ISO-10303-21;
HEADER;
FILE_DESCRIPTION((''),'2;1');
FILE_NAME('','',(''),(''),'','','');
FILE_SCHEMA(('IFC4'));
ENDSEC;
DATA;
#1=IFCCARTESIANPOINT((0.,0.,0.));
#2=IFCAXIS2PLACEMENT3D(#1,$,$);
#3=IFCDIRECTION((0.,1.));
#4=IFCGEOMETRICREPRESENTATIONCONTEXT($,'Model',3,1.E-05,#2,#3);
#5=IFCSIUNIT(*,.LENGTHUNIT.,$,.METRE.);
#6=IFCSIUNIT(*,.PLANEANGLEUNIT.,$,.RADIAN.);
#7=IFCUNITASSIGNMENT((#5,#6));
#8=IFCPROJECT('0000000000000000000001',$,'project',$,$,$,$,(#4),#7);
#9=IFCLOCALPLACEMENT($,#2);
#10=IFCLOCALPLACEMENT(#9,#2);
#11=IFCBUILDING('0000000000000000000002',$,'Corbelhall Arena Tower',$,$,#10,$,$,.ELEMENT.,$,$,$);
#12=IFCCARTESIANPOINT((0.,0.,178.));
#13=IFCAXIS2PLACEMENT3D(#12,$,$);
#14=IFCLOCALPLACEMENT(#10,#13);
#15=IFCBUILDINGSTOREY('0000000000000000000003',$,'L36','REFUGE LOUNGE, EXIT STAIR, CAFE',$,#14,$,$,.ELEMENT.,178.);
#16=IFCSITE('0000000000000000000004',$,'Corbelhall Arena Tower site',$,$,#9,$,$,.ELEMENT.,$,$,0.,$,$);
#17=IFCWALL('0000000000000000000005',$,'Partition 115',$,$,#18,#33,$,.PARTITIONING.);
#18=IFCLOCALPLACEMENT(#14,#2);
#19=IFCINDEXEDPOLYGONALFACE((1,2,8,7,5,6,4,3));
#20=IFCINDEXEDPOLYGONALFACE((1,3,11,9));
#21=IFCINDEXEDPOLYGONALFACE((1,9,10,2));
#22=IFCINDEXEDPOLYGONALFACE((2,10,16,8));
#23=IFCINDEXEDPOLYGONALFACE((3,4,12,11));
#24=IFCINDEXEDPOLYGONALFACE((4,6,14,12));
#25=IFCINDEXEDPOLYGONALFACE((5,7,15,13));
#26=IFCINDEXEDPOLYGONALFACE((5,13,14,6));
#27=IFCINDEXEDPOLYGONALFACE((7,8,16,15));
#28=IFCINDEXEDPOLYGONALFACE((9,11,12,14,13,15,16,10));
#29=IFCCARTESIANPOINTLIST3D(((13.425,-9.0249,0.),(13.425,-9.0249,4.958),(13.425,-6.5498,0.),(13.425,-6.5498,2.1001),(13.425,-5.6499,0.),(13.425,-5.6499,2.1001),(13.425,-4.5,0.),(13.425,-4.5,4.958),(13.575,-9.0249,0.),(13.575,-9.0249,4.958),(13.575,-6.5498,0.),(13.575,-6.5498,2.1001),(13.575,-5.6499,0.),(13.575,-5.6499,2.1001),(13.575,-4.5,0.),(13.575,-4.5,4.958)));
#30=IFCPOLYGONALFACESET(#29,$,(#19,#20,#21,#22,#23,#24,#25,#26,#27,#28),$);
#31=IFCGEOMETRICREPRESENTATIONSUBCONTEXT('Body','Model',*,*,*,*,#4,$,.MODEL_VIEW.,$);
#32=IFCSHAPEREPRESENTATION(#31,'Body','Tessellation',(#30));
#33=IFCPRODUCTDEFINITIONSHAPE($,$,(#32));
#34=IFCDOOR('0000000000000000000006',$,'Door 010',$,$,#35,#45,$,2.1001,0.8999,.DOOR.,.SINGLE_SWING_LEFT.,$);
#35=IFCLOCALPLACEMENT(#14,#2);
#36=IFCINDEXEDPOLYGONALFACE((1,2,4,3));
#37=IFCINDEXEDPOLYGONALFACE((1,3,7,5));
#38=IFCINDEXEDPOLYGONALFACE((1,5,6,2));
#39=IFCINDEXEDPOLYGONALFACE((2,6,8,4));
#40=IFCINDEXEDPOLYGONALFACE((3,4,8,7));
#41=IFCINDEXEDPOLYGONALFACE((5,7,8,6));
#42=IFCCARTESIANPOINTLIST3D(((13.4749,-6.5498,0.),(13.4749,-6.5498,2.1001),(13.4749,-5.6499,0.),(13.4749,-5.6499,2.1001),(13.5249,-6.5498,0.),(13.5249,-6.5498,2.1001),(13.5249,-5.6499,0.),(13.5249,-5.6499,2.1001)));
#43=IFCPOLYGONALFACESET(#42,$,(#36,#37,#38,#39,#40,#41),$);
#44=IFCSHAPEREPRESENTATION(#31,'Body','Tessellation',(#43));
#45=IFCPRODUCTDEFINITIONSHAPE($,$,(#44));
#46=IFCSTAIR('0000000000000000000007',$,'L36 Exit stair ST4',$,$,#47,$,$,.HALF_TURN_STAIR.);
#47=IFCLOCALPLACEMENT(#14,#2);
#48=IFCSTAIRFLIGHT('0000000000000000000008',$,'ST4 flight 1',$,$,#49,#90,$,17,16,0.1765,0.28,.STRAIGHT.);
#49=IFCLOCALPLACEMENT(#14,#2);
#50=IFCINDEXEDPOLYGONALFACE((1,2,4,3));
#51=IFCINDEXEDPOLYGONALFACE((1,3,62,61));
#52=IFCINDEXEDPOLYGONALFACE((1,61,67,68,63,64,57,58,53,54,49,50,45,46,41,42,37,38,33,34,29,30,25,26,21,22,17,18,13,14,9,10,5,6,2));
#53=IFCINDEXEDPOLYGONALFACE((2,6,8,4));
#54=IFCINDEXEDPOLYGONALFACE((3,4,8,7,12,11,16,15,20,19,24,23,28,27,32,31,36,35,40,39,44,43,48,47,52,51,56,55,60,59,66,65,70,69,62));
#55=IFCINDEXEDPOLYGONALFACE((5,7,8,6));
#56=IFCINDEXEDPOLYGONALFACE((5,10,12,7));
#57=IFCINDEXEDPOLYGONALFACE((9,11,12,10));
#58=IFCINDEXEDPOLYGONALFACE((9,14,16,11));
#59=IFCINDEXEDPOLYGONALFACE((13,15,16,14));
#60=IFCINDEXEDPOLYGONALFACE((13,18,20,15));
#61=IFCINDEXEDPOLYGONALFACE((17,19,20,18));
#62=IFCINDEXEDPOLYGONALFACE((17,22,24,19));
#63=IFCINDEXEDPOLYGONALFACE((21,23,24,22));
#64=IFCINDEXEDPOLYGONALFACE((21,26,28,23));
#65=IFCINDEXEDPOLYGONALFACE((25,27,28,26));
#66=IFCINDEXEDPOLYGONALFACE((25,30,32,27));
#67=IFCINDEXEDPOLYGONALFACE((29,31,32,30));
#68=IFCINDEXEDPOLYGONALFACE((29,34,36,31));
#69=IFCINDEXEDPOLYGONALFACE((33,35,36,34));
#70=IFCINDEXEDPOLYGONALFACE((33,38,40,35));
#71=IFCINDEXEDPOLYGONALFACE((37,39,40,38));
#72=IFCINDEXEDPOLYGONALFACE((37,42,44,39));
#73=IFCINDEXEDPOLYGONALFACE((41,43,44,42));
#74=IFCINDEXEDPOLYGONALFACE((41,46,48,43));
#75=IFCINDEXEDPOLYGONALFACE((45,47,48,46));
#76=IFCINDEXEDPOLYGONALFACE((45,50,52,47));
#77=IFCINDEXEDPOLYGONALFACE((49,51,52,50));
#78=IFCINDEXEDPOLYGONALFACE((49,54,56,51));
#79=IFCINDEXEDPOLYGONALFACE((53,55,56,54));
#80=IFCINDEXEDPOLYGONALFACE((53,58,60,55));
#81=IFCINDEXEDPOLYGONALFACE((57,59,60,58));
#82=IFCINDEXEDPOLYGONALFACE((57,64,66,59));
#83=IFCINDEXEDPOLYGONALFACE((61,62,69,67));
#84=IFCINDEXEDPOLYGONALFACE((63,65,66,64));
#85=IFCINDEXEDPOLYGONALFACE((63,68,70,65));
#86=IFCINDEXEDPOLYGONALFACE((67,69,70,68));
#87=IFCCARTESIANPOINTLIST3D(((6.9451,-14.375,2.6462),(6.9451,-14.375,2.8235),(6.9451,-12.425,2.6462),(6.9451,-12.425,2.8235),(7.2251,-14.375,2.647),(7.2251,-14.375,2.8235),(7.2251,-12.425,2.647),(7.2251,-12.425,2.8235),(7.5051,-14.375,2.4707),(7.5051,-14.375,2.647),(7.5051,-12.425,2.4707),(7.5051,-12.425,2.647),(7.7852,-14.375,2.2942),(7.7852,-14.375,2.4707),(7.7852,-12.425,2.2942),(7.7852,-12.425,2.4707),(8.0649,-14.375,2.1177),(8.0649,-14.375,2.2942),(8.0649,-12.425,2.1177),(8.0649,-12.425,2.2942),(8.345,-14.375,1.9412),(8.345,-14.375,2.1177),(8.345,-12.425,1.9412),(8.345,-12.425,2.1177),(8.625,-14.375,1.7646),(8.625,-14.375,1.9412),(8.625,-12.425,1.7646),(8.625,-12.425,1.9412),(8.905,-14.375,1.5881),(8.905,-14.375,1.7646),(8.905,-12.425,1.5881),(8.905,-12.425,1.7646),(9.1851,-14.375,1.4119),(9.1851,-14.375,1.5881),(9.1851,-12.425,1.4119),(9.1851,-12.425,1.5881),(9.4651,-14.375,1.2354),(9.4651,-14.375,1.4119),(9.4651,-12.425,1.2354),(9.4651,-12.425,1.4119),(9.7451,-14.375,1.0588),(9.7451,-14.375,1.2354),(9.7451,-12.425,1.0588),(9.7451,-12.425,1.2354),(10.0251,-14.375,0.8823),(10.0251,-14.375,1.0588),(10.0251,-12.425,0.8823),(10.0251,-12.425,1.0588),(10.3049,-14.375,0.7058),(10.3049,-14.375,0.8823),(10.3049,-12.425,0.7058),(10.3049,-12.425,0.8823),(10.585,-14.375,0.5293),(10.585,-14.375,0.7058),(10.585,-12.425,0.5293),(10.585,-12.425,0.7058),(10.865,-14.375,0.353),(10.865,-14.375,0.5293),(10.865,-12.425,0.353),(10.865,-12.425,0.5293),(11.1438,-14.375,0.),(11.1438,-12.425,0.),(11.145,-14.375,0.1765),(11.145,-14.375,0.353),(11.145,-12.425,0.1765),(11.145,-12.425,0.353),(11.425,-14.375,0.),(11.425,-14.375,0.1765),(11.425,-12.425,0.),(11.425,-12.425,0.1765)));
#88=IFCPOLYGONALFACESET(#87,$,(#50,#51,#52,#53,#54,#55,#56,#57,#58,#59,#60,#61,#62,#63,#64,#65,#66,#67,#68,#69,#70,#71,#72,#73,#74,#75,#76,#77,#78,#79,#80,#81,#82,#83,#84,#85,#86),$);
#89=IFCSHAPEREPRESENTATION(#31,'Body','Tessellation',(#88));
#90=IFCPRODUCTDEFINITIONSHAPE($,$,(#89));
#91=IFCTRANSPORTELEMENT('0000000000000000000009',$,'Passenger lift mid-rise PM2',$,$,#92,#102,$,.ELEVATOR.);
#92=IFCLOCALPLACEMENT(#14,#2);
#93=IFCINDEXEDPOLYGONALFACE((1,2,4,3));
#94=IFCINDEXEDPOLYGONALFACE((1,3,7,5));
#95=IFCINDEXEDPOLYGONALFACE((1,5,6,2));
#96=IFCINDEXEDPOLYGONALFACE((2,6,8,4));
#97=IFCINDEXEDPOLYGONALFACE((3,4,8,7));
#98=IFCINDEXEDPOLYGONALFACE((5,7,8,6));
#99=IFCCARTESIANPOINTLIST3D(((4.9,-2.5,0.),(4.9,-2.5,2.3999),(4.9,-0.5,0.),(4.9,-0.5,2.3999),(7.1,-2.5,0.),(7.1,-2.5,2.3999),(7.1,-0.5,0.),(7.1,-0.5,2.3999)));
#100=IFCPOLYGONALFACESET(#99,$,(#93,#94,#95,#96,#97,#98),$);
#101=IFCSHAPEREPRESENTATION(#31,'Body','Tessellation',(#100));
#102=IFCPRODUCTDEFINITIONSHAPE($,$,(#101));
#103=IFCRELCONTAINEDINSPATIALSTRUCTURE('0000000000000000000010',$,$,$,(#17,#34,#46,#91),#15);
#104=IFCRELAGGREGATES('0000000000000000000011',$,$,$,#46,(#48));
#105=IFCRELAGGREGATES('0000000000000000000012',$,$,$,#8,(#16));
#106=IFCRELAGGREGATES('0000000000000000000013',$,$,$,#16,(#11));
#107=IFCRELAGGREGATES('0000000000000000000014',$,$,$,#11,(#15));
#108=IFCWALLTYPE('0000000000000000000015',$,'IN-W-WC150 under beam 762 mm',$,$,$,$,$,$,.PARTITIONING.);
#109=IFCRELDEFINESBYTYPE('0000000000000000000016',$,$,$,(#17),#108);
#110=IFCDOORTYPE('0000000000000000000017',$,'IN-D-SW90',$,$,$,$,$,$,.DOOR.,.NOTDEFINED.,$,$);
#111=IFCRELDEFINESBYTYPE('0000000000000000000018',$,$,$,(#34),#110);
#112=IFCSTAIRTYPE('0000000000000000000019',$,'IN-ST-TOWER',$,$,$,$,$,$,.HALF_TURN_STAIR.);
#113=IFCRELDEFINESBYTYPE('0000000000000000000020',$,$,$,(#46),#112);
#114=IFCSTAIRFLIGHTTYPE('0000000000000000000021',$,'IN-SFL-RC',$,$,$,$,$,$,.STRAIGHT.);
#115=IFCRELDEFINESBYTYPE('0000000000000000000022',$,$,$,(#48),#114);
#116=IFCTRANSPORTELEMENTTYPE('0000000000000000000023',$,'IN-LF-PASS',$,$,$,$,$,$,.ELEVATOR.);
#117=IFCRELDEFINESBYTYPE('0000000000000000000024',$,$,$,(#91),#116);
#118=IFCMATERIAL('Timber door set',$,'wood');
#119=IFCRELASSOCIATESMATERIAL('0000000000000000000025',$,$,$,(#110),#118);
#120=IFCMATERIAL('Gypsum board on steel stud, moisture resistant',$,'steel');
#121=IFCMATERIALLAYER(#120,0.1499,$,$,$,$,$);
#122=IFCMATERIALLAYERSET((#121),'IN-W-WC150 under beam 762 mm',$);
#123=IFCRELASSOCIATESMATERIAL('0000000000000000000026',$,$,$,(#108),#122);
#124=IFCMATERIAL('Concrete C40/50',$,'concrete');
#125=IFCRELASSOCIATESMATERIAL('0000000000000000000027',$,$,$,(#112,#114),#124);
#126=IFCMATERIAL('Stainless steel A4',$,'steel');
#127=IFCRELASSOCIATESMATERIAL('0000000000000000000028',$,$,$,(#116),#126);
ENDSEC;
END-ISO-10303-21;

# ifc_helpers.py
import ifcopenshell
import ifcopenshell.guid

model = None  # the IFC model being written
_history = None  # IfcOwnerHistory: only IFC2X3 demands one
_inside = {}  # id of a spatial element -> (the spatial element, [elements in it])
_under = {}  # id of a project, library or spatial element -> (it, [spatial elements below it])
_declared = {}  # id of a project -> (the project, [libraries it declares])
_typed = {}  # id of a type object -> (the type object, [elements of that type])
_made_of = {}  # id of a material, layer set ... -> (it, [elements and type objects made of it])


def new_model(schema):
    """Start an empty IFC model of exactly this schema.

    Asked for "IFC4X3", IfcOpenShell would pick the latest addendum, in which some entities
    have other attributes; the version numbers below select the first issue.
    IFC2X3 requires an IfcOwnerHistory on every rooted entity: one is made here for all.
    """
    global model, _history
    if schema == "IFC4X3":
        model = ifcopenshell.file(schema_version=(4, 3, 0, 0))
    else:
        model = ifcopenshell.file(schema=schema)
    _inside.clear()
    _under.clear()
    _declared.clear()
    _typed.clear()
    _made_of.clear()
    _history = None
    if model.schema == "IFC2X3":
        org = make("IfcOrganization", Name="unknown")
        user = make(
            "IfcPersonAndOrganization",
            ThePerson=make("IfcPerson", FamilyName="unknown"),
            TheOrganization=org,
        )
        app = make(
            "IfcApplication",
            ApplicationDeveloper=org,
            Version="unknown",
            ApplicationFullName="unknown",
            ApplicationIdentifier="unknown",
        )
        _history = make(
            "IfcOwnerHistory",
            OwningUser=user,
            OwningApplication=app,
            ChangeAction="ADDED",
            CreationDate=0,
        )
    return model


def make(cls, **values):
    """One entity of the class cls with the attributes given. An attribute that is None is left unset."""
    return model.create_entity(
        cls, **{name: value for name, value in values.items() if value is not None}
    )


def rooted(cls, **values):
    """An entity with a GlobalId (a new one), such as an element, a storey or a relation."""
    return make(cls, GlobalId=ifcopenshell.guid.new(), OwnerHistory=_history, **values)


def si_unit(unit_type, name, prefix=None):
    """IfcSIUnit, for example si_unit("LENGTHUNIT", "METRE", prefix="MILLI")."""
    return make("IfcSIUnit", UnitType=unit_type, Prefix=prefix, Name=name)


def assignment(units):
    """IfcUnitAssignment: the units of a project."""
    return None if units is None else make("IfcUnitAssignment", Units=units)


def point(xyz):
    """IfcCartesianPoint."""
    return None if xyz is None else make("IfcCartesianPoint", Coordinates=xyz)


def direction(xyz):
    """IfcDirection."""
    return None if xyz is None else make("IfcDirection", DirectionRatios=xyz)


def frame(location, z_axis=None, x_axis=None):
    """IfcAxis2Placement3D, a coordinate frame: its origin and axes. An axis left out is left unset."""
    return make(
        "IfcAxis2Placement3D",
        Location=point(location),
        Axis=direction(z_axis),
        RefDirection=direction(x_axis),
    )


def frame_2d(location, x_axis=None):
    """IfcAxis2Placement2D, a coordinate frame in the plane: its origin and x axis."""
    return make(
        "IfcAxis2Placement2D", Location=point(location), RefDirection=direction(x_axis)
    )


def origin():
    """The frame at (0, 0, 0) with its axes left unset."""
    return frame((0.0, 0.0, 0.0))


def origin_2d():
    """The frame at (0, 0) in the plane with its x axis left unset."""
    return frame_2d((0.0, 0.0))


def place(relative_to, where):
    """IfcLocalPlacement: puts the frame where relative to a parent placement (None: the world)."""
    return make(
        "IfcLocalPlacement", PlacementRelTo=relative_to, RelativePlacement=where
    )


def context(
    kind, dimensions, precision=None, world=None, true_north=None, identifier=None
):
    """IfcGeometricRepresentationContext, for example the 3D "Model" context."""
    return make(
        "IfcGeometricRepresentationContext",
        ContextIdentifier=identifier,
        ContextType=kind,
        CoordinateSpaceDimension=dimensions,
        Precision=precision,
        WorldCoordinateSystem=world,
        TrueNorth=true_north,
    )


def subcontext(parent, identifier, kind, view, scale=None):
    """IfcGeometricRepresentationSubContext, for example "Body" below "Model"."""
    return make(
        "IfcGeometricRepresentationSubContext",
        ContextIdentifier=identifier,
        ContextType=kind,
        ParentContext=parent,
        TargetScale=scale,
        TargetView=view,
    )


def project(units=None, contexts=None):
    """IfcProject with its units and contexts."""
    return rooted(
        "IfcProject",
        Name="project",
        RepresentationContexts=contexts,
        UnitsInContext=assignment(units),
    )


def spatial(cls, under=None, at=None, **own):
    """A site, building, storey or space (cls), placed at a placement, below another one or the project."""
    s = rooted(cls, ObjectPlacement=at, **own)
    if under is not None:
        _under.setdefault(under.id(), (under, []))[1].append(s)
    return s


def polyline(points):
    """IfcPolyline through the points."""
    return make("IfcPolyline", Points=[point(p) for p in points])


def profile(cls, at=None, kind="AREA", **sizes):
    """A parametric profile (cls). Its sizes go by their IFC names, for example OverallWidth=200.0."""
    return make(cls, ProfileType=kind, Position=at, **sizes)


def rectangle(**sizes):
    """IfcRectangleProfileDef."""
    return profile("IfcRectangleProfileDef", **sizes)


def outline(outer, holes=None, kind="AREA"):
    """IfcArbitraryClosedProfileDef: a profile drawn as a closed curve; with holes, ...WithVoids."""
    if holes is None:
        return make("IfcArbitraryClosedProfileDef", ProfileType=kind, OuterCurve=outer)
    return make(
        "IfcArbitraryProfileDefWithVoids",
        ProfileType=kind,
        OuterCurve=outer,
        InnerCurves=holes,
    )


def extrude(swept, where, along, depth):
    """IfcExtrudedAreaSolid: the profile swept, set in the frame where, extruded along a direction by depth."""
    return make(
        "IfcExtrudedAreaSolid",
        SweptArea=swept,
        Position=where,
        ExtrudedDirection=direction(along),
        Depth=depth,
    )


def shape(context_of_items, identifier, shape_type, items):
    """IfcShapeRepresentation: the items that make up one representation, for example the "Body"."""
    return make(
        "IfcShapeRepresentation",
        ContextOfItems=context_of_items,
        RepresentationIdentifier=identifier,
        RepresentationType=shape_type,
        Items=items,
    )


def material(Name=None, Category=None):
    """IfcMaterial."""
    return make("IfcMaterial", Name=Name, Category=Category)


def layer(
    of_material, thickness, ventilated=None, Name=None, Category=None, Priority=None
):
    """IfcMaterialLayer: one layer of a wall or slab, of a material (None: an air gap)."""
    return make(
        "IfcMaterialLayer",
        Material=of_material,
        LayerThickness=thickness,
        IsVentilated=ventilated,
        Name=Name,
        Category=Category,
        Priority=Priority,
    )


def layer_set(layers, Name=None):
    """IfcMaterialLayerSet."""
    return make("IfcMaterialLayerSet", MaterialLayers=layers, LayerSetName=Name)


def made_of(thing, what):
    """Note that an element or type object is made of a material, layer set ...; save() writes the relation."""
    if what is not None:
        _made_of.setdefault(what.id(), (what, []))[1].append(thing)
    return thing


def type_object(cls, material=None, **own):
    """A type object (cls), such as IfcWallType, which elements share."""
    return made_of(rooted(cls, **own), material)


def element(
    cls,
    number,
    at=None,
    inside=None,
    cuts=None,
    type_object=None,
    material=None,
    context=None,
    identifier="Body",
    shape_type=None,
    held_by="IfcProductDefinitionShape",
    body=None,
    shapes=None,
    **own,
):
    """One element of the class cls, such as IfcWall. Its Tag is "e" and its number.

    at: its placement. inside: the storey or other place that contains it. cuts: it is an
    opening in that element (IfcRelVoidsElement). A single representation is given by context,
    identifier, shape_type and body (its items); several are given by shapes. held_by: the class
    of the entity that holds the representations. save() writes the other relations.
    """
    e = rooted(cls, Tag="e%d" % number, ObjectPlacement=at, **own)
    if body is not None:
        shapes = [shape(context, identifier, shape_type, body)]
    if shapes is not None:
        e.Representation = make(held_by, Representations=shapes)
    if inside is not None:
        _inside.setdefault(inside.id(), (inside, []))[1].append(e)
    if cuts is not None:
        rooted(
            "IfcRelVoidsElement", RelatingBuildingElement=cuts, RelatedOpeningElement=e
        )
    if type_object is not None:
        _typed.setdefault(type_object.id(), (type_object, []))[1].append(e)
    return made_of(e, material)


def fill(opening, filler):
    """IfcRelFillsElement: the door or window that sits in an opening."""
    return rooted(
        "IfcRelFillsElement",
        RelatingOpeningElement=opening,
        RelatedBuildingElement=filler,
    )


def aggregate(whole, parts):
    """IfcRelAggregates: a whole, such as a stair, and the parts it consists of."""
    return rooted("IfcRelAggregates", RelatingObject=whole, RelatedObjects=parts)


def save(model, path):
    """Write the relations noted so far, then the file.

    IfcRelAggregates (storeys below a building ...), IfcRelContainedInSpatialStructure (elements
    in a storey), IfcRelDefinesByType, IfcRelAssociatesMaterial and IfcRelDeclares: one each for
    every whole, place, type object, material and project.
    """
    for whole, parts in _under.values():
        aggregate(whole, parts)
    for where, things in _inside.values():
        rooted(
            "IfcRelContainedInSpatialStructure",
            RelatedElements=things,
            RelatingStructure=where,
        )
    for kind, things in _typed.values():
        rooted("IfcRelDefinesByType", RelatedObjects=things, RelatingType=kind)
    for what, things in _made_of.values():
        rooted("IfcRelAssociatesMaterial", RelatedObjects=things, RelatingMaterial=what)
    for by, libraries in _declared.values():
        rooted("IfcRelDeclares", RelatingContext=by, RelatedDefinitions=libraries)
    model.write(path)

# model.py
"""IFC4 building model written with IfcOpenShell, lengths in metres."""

from ifc_helpers import new_model, si_unit, direction, frame, frame_2d, origin, origin_2d, place, context, subcontext, project, spatial, polyline, rectangle, outline, extrude, material, layer, layer_set, type_object, element, fill, aggregate, save


model = new_model("IFC4")

# Units and contexts
model_context = context("Model", 3, precision=1e-05, world=origin(), true_north=direction((0.0, 1.0)))
body_context = subcontext(model_context, "Body", "Model", "MODEL_VIEW")
ifc_project = project(units=[si_unit("LENGTHUNIT", "METRE"), si_unit("PLANEANGLEUNIT", "RADIAN")], contexts=[model_context])

# Site, building, storey
site_placement = place(None, origin())
site = spatial("IfcSite", under=ifc_project, at=site_placement, Name="Corbelhall Arena Tower site", CompositionType="ELEMENT", RefElevation=0.0)
building_placement = place(site_placement, origin())
building = spatial("IfcBuilding", under=site, at=building_placement, Name="Corbelhall Arena Tower", CompositionType="ELEMENT")
storey_placement = place(building_placement, frame((0.0, 0.0, 178.0)))
storey = spatial("IfcBuildingStorey", under=building, at=storey_placement, Name="L36", Description="REFUGE LOUNGE, EXIT STAIR, CAFE", CompositionType="ELEMENT", Elevation=178.0)

# Shared definitions
ifc_material_1 = material(Name="Timber door set", Category="wood")
door_type_1 = type_object("IfcDoorType", Name="IN-D-SW90", OperationType="NOTDEFINED", PredefinedType="DOOR", material=ifc_material_1)

# Shared definitions
ifc_material_2 = material(Name="Concrete C40/50", Category="concrete")

# Shared definitions
ifc_material_3 = material(Name="Gypsum board on steel stud, moisture resistant", Category="steel")
ifc_layer_1 = layer(ifc_material_3, 0.1499)
ifc_layer_set_1 = layer_set([ifc_layer_1], Name="IN-W-WC150 under beam 762 mm")
wall_type_1 = type_object("IfcWallType", Name="IN-W-WC150 under beam 762 mm", PredefinedType="PARTITIONING", material=ifc_layer_set_1)

# Wall, opening, door
wall_1_placement = place(storey_placement, frame((13.5, -4.5, 0.0), z_axis=(0.0, 0.0, 1.0), x_axis=(0.0, -1.0, 0.0)))
wall_1 = element("IfcWall", 1, at=wall_1_placement, inside=storey, type_object=wall_type_1, Name="Partition 115", PredefinedType="PARTITIONING", context=body_context, shape_type="SweptSolid", body=[
    extrude(rectangle(XDim=4.5249, YDim=0.1499, at=frame_2d((2.2625, 0.0))), origin(), (0.0, 0.0, 1.0), 4.958),
])
opening_1_placement = place(wall_1_placement, frame((1.1499, 0.0, 0.0)))
opening_1 = element("IfcOpeningElement", 2, at=opening_1_placement, cuts=wall_1, PredefinedType="OPENING", context=body_context, shape_type="SweptSolid", body=[
    extrude(rectangle(XDim=0.8999, YDim=2.1001, at=frame_2d((0.45, 1.05))), frame((0.0, 0.075, 0.0), z_axis=(0.0, -1.0, 0.0), x_axis=(1.0, 0.0, 0.0)), (0.0, 0.0, 1.0), 0.1499),
])
door_1_placement = place(opening_1_placement, origin())
door_1 = element("IfcDoor", 3, at=door_1_placement, inside=storey, type_object=door_type_1, Name="Door 010", OperationType="SINGLE_SWING_LEFT", OverallHeight=2.1001, OverallWidth=0.8999, PredefinedType="DOOR", context=body_context, shape_type="SweptSolid", body=[
    extrude(rectangle(XDim=0.8999, YDim=2.1001, at=frame_2d((0.45, 1.05))), frame((0.0, 0.0249, 0.0), z_axis=(0.0, -1.0, 0.0), x_axis=(1.0, 0.0, 0.0)), (0.0, 0.0, 1.0), 0.05),
])
fill(opening_1, door_1)

# Stair, stair flight
stair_type = type_object("IfcStairType", Name="IN-ST-TOWER", PredefinedType="HALF_TURN_STAIR", material=ifc_material_2)
stair_placement = place(storey_placement, origin())
stair = element("IfcStair", 4, at=stair_placement, inside=storey, type_object=stair_type, Name="L36 Exit stair ST4", PredefinedType="HALF_TURN_STAIR")
stair_flight_type = type_object("IfcStairFlightType", Name="IN-SFL-RC", PredefinedType="STRAIGHT", material=ifc_material_2)
stair_flight_placement = place(storey_placement, frame((11.425, -13.3999, 0.0), z_axis=(0.0, 0.0, 1.0), x_axis=(-1.0, 0.0, 0.0)))
stair_flight = element("IfcStairFlight", 5, at=stair_flight_placement, type_object=stair_flight_type, Name="ST4 flight 1", NumberOfRisers=17, NumberOfTreads=16, PredefinedType="STRAIGHT", RiserHeight=0.1765, TreadLength=0.28, context=body_context, shape_type="SweptSolid", body=[
    extrude(outline(polyline([(0.0, 0.0), (0.0, 0.1765), (0.28, 0.1765), (0.28, 0.353), (0.5601, 0.353), (0.5601, 0.5293), (0.8401, 0.5293), (0.8401, 0.7058), (1.1201, 0.7058), (1.1201, 0.8823), (1.3999, 0.8823), (1.3999, 1.0588), (1.6799, 1.0588), (1.6799, 1.2354), (1.96, 1.2354), (1.96, 1.4119), (2.24, 1.4119), (2.24, 1.5881), (2.52, 1.5881), (2.52, 1.7646), (2.8, 1.7646), (2.8, 1.9412), (3.0801, 1.9412), (3.0801, 2.1177), (3.3601, 2.1177), (3.3601, 2.2942), (3.6399, 2.2942), (3.6399, 2.4707), (3.9199, 2.4707), (3.9199, 2.647), (4.2, 2.647), (4.2, 2.8235), (4.48, 2.8235), (4.48, 3.0), (4.48, 2.6462), (0.2812, 0.0), (0.0, 0.0)])), frame((0.0, 0.9751, 0.0), z_axis=(0.0, -1.0, 0.0), x_axis=(1.0, 0.0, 0.0)), (0.0, 0.0, 1.0), 1.95),
])
aggregate(stair, [stair_flight])

# Transport element
ifc_material_4 = material(Name="Stainless steel A4", Category="steel")
transport_element_type = type_object("IfcTransportElementType", Name="IN-LF-PASS", PredefinedType="ELEVATOR", material=ifc_material_4)
transport_element_placement = place(storey_placement, frame((6.0, -1.5, 0.0), z_axis=(0.0, 0.0, 1.0), x_axis=(1.0, 0.0, 0.0)))
element("IfcTransportElement", 6, at=transport_element_placement, inside=storey, type_object=transport_element_type, Name="Passenger lift mid-rise PM2", PredefinedType="ELEVATOR", context=body_context, shape_type="SweptSolid", body=[
    extrude(rectangle(XDim=2.2, YDim=2.0, at=origin_2d()), origin(), (0.0, 0.0, 1.0), 2.3999),
])

save(model, "model.ifc")
